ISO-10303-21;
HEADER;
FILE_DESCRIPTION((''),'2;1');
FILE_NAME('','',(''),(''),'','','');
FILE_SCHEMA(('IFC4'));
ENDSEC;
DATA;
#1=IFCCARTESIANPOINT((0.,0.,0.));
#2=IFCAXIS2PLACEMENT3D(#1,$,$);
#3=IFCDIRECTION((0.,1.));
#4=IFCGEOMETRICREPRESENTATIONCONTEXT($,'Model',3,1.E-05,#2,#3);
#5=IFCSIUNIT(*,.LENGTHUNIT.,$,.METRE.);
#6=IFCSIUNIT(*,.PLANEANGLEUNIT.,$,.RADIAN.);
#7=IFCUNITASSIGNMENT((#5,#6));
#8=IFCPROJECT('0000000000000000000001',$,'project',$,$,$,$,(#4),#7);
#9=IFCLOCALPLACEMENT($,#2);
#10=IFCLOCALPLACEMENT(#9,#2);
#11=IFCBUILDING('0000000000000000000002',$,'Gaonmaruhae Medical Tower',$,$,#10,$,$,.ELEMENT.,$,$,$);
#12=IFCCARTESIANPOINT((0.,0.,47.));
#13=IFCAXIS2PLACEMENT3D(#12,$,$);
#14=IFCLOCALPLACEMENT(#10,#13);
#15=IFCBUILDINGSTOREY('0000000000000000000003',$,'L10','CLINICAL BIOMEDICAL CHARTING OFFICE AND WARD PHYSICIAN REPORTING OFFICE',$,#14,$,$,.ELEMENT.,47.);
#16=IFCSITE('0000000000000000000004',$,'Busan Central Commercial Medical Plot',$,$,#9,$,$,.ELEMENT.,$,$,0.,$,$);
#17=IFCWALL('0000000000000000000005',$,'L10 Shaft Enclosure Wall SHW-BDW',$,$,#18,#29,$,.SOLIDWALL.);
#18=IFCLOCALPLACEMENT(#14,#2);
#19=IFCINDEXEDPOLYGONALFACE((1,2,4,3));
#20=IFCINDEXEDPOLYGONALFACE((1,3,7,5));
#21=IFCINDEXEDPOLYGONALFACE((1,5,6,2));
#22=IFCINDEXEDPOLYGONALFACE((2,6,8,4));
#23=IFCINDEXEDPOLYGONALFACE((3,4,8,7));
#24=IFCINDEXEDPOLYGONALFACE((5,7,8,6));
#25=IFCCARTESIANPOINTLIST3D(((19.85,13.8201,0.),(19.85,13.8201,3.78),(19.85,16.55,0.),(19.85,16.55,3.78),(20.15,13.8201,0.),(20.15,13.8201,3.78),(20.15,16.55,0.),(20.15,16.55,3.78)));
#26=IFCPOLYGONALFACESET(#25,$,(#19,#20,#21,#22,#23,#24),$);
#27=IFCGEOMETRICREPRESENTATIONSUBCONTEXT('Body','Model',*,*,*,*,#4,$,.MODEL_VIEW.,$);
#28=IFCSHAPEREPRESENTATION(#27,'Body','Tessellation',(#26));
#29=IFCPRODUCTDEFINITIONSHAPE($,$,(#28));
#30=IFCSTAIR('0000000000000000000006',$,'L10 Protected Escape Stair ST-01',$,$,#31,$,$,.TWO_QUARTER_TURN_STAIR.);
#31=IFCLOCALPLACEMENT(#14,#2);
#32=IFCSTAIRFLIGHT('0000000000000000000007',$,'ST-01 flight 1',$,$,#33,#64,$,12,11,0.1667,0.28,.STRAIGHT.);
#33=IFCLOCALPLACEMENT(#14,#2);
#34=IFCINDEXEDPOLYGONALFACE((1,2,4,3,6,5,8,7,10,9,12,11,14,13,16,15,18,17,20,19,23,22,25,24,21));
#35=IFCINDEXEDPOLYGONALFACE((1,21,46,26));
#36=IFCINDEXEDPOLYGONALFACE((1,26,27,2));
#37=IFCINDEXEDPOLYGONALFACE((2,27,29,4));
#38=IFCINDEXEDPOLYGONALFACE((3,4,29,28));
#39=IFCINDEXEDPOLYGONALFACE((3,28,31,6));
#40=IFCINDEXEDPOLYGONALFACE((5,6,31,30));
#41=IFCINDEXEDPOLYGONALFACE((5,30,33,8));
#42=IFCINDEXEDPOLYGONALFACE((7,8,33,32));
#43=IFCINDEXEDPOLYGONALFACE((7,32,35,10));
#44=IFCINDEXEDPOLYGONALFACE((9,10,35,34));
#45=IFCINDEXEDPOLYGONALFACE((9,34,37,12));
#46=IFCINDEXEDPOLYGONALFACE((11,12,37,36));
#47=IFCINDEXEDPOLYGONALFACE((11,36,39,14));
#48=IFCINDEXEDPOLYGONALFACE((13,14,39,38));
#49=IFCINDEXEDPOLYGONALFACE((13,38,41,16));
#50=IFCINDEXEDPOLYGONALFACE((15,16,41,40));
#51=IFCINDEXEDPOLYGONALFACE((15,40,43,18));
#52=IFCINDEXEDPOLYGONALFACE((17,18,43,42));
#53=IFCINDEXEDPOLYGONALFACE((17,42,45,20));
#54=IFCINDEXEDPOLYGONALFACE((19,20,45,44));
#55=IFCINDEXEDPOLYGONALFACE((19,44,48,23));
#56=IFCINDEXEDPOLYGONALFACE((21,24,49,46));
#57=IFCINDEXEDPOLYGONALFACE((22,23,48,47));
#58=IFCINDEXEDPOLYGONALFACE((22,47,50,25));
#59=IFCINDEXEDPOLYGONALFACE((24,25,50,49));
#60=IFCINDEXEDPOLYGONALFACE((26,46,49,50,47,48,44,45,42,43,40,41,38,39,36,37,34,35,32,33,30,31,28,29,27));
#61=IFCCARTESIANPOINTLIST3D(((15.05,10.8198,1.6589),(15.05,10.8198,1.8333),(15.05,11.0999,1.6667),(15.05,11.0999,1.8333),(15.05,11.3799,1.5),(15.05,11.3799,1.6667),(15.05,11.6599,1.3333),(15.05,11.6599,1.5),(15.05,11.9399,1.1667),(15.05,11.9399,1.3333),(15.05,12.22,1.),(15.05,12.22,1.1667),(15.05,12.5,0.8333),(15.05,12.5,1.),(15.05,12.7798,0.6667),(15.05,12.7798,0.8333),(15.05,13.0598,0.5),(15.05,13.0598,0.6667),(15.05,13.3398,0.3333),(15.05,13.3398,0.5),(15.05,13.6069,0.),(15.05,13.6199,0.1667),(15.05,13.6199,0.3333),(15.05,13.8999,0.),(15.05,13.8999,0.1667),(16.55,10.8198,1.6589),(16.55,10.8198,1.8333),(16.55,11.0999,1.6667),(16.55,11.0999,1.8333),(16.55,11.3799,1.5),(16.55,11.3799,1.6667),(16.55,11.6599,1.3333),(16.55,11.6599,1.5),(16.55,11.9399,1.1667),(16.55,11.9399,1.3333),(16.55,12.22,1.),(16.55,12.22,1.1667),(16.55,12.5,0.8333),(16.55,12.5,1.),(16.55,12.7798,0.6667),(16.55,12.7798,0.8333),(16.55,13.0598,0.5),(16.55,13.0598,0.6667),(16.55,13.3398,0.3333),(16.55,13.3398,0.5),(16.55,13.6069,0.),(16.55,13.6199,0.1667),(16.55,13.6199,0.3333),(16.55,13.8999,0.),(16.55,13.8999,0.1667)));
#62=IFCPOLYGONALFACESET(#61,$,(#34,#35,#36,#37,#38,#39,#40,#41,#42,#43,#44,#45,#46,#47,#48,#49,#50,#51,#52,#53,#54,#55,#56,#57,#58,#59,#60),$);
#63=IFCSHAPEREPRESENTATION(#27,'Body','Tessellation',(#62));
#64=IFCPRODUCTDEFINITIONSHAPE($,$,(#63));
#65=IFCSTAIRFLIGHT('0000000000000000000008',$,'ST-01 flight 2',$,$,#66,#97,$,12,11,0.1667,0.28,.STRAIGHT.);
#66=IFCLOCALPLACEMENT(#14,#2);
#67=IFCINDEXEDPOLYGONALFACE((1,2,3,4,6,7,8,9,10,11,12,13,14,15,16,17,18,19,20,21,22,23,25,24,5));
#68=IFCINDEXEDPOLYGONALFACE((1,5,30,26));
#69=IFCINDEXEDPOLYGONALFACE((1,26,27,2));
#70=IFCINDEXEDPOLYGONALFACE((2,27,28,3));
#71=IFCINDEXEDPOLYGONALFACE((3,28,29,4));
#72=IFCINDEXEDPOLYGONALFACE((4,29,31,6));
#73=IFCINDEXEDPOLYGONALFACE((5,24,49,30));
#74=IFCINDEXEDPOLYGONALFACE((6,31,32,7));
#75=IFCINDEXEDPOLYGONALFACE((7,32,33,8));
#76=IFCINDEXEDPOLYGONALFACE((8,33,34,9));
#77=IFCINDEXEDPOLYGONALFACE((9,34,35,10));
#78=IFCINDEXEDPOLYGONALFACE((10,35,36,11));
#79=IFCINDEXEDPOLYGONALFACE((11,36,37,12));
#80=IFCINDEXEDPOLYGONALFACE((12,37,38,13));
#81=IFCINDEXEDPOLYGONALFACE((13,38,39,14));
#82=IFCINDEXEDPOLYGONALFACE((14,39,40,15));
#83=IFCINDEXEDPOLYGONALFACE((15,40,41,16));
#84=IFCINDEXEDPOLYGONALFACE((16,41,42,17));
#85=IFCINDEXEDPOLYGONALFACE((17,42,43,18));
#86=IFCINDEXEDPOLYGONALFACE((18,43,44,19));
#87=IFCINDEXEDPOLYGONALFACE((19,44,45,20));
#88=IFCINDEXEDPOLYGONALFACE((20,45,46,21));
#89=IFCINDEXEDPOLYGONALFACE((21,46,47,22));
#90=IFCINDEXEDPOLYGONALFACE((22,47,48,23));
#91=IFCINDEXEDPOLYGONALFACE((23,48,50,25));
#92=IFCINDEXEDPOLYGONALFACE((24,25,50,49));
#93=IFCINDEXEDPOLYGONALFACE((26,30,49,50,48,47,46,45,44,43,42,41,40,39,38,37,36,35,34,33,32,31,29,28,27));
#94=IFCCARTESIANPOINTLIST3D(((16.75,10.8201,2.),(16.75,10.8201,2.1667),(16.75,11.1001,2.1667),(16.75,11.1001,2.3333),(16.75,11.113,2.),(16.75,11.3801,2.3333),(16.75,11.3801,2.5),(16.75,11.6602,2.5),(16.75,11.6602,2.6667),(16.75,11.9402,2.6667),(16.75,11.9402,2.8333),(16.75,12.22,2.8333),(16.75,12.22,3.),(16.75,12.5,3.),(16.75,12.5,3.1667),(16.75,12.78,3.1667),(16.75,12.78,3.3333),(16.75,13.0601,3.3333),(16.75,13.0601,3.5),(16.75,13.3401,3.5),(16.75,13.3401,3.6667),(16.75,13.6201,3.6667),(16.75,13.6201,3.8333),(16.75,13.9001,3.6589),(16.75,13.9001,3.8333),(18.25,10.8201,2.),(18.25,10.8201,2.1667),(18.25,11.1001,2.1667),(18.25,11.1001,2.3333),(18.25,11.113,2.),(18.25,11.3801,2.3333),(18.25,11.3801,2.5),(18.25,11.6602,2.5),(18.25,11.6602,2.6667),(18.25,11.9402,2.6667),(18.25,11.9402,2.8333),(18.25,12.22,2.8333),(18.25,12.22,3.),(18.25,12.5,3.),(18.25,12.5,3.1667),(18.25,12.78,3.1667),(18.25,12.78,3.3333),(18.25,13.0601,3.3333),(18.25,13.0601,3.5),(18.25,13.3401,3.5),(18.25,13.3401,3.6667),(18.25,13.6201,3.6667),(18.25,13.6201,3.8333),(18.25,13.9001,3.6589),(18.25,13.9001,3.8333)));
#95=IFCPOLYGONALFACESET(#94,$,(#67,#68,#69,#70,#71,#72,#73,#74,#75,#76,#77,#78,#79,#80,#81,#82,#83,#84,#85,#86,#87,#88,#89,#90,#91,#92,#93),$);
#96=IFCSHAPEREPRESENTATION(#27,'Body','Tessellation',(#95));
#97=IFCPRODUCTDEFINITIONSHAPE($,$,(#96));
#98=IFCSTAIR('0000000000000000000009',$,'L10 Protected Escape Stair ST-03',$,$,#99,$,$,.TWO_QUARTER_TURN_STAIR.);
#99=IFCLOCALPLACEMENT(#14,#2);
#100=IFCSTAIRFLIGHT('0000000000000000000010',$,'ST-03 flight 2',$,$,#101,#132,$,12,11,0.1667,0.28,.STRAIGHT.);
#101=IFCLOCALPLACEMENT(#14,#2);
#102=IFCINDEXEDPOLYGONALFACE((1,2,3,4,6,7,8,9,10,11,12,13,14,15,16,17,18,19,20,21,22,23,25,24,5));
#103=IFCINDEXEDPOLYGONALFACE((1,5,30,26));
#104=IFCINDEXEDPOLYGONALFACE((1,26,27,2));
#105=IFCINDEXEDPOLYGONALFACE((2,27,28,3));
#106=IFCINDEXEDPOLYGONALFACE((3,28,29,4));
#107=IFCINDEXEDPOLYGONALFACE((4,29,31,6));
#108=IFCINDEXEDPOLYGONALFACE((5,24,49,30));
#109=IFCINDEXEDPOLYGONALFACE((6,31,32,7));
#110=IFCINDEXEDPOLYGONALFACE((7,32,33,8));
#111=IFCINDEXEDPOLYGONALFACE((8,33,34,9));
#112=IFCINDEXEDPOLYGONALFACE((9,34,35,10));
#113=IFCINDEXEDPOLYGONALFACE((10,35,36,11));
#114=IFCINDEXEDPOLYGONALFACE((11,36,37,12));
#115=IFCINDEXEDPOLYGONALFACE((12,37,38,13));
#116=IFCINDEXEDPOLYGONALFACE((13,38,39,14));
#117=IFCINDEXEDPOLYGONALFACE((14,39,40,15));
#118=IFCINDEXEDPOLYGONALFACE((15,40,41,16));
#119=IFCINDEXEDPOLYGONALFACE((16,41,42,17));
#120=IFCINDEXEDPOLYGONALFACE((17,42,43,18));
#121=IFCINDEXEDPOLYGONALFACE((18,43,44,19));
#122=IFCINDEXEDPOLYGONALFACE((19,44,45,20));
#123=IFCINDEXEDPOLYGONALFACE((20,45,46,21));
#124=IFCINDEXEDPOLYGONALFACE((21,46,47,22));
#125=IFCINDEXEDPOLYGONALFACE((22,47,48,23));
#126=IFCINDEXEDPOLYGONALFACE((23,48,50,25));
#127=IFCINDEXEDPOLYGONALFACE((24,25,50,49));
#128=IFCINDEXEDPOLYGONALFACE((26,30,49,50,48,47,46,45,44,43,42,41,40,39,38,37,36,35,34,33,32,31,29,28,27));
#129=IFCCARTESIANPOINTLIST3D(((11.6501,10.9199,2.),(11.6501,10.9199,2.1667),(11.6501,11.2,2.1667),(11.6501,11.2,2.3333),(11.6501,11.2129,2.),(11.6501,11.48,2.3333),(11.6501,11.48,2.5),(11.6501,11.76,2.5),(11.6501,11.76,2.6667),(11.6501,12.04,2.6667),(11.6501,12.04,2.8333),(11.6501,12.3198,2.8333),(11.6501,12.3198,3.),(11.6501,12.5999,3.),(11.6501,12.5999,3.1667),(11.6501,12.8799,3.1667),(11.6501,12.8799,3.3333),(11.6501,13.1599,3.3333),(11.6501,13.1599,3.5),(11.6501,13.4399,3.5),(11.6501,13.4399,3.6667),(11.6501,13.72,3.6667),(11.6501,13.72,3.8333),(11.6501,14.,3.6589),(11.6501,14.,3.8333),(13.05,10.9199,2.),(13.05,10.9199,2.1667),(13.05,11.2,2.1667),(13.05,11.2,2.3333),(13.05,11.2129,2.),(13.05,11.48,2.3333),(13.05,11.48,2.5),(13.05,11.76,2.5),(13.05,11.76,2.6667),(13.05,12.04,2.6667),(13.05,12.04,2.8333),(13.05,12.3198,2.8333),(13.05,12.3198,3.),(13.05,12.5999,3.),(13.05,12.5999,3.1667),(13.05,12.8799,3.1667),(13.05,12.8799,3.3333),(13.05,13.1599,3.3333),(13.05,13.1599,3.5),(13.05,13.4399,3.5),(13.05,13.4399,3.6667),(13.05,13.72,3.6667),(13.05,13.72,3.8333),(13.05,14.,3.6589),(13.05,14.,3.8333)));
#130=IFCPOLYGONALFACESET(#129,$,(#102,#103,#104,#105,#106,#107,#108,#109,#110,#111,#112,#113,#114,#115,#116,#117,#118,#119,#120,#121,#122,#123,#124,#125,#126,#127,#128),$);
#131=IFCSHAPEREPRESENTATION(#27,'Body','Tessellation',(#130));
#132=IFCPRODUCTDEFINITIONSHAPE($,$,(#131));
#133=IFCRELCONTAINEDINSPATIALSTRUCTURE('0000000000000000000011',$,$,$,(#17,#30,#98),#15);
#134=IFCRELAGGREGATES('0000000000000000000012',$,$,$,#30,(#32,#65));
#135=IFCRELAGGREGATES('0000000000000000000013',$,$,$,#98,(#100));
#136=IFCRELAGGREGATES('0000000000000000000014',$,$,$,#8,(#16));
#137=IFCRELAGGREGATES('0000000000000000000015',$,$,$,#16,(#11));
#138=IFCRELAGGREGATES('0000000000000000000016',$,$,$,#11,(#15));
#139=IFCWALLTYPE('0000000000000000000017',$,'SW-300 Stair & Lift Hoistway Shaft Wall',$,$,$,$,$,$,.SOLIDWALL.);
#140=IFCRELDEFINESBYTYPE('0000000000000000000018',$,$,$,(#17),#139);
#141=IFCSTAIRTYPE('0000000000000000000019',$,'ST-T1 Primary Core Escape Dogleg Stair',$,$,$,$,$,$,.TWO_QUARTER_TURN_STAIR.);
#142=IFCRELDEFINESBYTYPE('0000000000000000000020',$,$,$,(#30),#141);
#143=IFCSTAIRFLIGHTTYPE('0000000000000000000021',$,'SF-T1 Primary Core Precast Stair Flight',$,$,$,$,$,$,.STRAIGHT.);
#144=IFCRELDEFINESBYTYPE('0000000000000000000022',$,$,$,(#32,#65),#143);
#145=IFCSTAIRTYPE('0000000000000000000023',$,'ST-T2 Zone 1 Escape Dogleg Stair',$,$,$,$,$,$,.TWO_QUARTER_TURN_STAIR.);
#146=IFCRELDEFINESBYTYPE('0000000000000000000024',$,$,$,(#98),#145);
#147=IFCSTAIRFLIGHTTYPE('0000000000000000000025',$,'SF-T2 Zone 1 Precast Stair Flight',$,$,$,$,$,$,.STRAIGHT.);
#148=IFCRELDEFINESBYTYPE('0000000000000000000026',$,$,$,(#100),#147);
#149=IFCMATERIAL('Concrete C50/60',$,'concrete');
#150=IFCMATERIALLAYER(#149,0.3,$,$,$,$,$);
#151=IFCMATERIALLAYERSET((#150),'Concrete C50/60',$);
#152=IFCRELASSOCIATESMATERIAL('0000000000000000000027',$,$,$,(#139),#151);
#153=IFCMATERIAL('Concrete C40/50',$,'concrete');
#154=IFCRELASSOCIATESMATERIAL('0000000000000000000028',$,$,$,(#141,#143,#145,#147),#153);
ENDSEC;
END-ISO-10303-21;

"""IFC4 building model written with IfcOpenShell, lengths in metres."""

from ifc_helpers import new_model, si_unit, direction, frame, frame_2d, origin, place, context, subcontext, project, spatial, polyline, rectangle, outline, extrude, material, layer, layer_set, type_object, element, aggregate, save


model = new_model("IFC4")

# Units and contexts
model_context = context("Model", 3, precision=1e-05, world=origin(), true_north=direction((0.0, 1.0)))
body_context = subcontext(model_context, "Body", "Model", "MODEL_VIEW")
ifc_project = project(units=[si_unit("LENGTHUNIT", "METRE"), si_unit("PLANEANGLEUNIT", "RADIAN")], contexts=[model_context])

# Site, building, storey
site_placement = place(None, origin())
site = spatial("IfcSite", under=ifc_project, at=site_placement, Name="Busan Central Commercial Medical Plot", CompositionType="ELEMENT", RefElevation=0.0)
building_placement = place(site_placement, origin())
building = spatial("IfcBuilding", under=site, at=building_placement, Name="Gaonmaruhae Medical Tower", CompositionType="ELEMENT")
storey_placement = place(building_placement, frame((0.0, 0.0, 47.0)))
storey = spatial("IfcBuildingStorey", under=building, at=storey_placement, Name="L10", Description="CLINICAL BIOMEDICAL CHARTING OFFICE AND WARD PHYSICIAN REPORTING OFFICE", CompositionType="ELEMENT", Elevation=47.0)

# Shared definitions
ifc_material_1 = material(Name="Concrete C50/60", Category="concrete")

# Shared definitions
ifc_layer_1 = layer(ifc_material_1, 0.3)
ifc_layer_set_1 = layer_set([ifc_layer_1], Name="Concrete C50/60")
wall_type_1 = type_object("IfcWallType", Name="SW-300 Stair & Lift Hoistway Shaft Wall", PredefinedType="SOLIDWALL", material=ifc_layer_set_1)

# Wall
wall_1_placement = place(storey_placement, frame((20.0, 13.8201, 0.0), z_axis=(0.0, 0.0, 1.0), x_axis=(0.0, 1.0, 0.0)))
element("IfcWall", 1, at=wall_1_placement, inside=storey, type_object=wall_type_1, Name="L10 Shaft Enclosure Wall SHW-BDW", PredefinedType="SOLIDWALL", context=body_context, shape_type="SweptSolid", body=[
    extrude(rectangle(XDim=2.73, YDim=0.3, at=frame_2d((1.365, 0.0))), origin(), (0.0, 0.0, 1.0), 3.78),
])

# Stair, stair flights
ifc_material_2 = material(Name="Concrete C40/50", Category="concrete")
stair_type_1 = type_object("IfcStairType", Name="ST-T1 Primary Core Escape Dogleg Stair", PredefinedType="TWO_QUARTER_TURN_STAIR", material=ifc_material_2)
stair_1_placement = place(storey_placement, origin())
stair_1 = element("IfcStair", 2, at=stair_1_placement, inside=storey, type_object=stair_type_1, Name="L10 Protected Escape Stair ST-01", PredefinedType="TWO_QUARTER_TURN_STAIR")
stair_flight_type_1 = type_object("IfcStairFlightType", Name="SF-T1 Primary Core Precast Stair Flight", PredefinedType="STRAIGHT", material=ifc_material_2)
stair_flight_1_placement = place(storey_placement, frame((15.8, 13.8999, 0.0), z_axis=(0.0, 0.0, 1.0), x_axis=(0.0, -1.0, 0.0)))
stair_flight_1 = element("IfcStairFlight", 3, at=stair_flight_1_placement, type_object=stair_flight_type_1, Name="ST-01 flight 1", NumberOfRisers=12, NumberOfTreads=11, PredefinedType="STRAIGHT", RiserHeight=0.1667, TreadLength=0.28, context=body_context, shape_type="SweptSolid", body=[
    extrude(outline(polyline([(0.0, 0.0), (0.0, 0.1667), (0.28, 0.1667), (0.28, 0.3333), (0.5601, 0.3333), (0.5601, 0.5), (0.8401, 0.5), (0.8401, 0.6667), (1.1201, 0.6667), (1.1201, 0.8333), (1.3999, 0.8333), (1.3999, 1.0), (1.6799, 1.0), (1.6799, 1.1667), (1.96, 1.1667), (1.96, 1.3333), (2.24, 1.3333), (2.24, 1.5), (2.52, 1.5), (2.52, 1.6667), (2.8, 1.6667), (2.8, 1.8333), (3.0801, 1.8333), (3.0801, 2.0), (3.0801, 1.6589), (0.293, 0.0), (0.0, 0.0)])), frame((0.0, 0.75, 0.0), z_axis=(0.0, -1.0, 0.0), x_axis=(1.0, 0.0, 0.0)), (0.0, 0.0, 1.0), 1.5),
])
stair_flight_2_placement = place(storey_placement, frame((17.5, 10.8201, 2.0), z_axis=(0.0, 0.0, 1.0), x_axis=(0.0, 1.0, 0.0)))
stair_flight_2 = element("IfcStairFlight", 4, at=stair_flight_2_placement, type_object=stair_flight_type_1, Name="ST-01 flight 2", NumberOfRisers=12, NumberOfTreads=11, PredefinedType="STRAIGHT", RiserHeight=0.1667, TreadLength=0.28, context=body_context, shape_type="SweptSolid", body=[
    extrude(outline(polyline([(0.0, 0.0), (0.0, 0.1667), (0.28, 0.1667), (0.28, 0.3333), (0.5601, 0.3333), (0.5601, 0.5), (0.8401, 0.5), (0.8401, 0.6667), (1.1201, 0.6667), (1.1201, 0.8333), (1.3999, 0.8333), (1.3999, 1.0), (1.6799, 1.0), (1.6799, 1.1667), (1.96, 1.1667), (1.96, 1.3333), (2.24, 1.3333), (2.24, 1.5), (2.52, 1.5), (2.52, 1.6667), (2.8, 1.6667), (2.8, 1.8333), (3.0801, 1.8333), (3.0801, 2.0), (3.0801, 1.6589), (0.293, 0.0), (0.0, 0.0)])), frame((0.0, 0.75, 0.0), z_axis=(0.0, -1.0, 0.0), x_axis=(1.0, 0.0, 0.0)), (0.0, 0.0, 1.0), 1.5),
])
aggregate(stair_1, [stair_flight_1, stair_flight_2])

# Stair, stair flight
stair_type_2 = type_object("IfcStairType", Name="ST-T2 Zone 1 Escape Dogleg Stair", PredefinedType="TWO_QUARTER_TURN_STAIR", material=ifc_material_2)
stair_2_placement = place(storey_placement, origin())
stair_2 = element("IfcStair", 5, at=stair_2_placement, inside=storey, type_object=stair_type_2, Name="L10 Protected Escape Stair ST-03", PredefinedType="TWO_QUARTER_TURN_STAIR")
stair_flight_type_2 = type_object("IfcStairFlightType", Name="SF-T2 Zone 1 Precast Stair Flight", PredefinedType="STRAIGHT", material=ifc_material_2)
stair_flight_3_placement = place(storey_placement, frame((12.3501, 10.9199, 2.0), z_axis=(0.0, 0.0, 1.0), x_axis=(0.0, 1.0, 0.0)))
stair_flight_3 = element("IfcStairFlight", 6, at=stair_flight_3_placement, type_object=stair_flight_type_2, Name="ST-03 flight 2", NumberOfRisers=12, NumberOfTreads=11, PredefinedType="STRAIGHT", RiserHeight=0.1667, TreadLength=0.28, context=body_context, shape_type="SweptSolid", body=[
    extrude(outline(polyline([(0.0, 0.0), (0.0, 0.1667), (0.28, 0.1667), (0.28, 0.3333), (0.5601, 0.3333), (0.5601, 0.5), (0.8401, 0.5), (0.8401, 0.6667), (1.1201, 0.6667), (1.1201, 0.8333), (1.3999, 0.8333), (1.3999, 1.0), (1.6799, 1.0), (1.6799, 1.1667), (1.96, 1.1667), (1.96, 1.3333), (2.24, 1.3333), (2.24, 1.5), (2.52, 1.5), (2.52, 1.6667), (2.8, 1.6667), (2.8, 1.8333), (3.0801, 1.8333), (3.0801, 2.0), (3.0801, 1.6589), (0.293, 0.0), (0.0, 0.0)])), frame((0.0, 0.7, 0.0), z_axis=(0.0, -1.0, 0.0), x_axis=(1.0, 0.0, 0.0)), (0.0, 0.0, 1.0), 1.3999),
])
aggregate(stair_2, [stair_flight_3])

save(model, "model.ifc")
